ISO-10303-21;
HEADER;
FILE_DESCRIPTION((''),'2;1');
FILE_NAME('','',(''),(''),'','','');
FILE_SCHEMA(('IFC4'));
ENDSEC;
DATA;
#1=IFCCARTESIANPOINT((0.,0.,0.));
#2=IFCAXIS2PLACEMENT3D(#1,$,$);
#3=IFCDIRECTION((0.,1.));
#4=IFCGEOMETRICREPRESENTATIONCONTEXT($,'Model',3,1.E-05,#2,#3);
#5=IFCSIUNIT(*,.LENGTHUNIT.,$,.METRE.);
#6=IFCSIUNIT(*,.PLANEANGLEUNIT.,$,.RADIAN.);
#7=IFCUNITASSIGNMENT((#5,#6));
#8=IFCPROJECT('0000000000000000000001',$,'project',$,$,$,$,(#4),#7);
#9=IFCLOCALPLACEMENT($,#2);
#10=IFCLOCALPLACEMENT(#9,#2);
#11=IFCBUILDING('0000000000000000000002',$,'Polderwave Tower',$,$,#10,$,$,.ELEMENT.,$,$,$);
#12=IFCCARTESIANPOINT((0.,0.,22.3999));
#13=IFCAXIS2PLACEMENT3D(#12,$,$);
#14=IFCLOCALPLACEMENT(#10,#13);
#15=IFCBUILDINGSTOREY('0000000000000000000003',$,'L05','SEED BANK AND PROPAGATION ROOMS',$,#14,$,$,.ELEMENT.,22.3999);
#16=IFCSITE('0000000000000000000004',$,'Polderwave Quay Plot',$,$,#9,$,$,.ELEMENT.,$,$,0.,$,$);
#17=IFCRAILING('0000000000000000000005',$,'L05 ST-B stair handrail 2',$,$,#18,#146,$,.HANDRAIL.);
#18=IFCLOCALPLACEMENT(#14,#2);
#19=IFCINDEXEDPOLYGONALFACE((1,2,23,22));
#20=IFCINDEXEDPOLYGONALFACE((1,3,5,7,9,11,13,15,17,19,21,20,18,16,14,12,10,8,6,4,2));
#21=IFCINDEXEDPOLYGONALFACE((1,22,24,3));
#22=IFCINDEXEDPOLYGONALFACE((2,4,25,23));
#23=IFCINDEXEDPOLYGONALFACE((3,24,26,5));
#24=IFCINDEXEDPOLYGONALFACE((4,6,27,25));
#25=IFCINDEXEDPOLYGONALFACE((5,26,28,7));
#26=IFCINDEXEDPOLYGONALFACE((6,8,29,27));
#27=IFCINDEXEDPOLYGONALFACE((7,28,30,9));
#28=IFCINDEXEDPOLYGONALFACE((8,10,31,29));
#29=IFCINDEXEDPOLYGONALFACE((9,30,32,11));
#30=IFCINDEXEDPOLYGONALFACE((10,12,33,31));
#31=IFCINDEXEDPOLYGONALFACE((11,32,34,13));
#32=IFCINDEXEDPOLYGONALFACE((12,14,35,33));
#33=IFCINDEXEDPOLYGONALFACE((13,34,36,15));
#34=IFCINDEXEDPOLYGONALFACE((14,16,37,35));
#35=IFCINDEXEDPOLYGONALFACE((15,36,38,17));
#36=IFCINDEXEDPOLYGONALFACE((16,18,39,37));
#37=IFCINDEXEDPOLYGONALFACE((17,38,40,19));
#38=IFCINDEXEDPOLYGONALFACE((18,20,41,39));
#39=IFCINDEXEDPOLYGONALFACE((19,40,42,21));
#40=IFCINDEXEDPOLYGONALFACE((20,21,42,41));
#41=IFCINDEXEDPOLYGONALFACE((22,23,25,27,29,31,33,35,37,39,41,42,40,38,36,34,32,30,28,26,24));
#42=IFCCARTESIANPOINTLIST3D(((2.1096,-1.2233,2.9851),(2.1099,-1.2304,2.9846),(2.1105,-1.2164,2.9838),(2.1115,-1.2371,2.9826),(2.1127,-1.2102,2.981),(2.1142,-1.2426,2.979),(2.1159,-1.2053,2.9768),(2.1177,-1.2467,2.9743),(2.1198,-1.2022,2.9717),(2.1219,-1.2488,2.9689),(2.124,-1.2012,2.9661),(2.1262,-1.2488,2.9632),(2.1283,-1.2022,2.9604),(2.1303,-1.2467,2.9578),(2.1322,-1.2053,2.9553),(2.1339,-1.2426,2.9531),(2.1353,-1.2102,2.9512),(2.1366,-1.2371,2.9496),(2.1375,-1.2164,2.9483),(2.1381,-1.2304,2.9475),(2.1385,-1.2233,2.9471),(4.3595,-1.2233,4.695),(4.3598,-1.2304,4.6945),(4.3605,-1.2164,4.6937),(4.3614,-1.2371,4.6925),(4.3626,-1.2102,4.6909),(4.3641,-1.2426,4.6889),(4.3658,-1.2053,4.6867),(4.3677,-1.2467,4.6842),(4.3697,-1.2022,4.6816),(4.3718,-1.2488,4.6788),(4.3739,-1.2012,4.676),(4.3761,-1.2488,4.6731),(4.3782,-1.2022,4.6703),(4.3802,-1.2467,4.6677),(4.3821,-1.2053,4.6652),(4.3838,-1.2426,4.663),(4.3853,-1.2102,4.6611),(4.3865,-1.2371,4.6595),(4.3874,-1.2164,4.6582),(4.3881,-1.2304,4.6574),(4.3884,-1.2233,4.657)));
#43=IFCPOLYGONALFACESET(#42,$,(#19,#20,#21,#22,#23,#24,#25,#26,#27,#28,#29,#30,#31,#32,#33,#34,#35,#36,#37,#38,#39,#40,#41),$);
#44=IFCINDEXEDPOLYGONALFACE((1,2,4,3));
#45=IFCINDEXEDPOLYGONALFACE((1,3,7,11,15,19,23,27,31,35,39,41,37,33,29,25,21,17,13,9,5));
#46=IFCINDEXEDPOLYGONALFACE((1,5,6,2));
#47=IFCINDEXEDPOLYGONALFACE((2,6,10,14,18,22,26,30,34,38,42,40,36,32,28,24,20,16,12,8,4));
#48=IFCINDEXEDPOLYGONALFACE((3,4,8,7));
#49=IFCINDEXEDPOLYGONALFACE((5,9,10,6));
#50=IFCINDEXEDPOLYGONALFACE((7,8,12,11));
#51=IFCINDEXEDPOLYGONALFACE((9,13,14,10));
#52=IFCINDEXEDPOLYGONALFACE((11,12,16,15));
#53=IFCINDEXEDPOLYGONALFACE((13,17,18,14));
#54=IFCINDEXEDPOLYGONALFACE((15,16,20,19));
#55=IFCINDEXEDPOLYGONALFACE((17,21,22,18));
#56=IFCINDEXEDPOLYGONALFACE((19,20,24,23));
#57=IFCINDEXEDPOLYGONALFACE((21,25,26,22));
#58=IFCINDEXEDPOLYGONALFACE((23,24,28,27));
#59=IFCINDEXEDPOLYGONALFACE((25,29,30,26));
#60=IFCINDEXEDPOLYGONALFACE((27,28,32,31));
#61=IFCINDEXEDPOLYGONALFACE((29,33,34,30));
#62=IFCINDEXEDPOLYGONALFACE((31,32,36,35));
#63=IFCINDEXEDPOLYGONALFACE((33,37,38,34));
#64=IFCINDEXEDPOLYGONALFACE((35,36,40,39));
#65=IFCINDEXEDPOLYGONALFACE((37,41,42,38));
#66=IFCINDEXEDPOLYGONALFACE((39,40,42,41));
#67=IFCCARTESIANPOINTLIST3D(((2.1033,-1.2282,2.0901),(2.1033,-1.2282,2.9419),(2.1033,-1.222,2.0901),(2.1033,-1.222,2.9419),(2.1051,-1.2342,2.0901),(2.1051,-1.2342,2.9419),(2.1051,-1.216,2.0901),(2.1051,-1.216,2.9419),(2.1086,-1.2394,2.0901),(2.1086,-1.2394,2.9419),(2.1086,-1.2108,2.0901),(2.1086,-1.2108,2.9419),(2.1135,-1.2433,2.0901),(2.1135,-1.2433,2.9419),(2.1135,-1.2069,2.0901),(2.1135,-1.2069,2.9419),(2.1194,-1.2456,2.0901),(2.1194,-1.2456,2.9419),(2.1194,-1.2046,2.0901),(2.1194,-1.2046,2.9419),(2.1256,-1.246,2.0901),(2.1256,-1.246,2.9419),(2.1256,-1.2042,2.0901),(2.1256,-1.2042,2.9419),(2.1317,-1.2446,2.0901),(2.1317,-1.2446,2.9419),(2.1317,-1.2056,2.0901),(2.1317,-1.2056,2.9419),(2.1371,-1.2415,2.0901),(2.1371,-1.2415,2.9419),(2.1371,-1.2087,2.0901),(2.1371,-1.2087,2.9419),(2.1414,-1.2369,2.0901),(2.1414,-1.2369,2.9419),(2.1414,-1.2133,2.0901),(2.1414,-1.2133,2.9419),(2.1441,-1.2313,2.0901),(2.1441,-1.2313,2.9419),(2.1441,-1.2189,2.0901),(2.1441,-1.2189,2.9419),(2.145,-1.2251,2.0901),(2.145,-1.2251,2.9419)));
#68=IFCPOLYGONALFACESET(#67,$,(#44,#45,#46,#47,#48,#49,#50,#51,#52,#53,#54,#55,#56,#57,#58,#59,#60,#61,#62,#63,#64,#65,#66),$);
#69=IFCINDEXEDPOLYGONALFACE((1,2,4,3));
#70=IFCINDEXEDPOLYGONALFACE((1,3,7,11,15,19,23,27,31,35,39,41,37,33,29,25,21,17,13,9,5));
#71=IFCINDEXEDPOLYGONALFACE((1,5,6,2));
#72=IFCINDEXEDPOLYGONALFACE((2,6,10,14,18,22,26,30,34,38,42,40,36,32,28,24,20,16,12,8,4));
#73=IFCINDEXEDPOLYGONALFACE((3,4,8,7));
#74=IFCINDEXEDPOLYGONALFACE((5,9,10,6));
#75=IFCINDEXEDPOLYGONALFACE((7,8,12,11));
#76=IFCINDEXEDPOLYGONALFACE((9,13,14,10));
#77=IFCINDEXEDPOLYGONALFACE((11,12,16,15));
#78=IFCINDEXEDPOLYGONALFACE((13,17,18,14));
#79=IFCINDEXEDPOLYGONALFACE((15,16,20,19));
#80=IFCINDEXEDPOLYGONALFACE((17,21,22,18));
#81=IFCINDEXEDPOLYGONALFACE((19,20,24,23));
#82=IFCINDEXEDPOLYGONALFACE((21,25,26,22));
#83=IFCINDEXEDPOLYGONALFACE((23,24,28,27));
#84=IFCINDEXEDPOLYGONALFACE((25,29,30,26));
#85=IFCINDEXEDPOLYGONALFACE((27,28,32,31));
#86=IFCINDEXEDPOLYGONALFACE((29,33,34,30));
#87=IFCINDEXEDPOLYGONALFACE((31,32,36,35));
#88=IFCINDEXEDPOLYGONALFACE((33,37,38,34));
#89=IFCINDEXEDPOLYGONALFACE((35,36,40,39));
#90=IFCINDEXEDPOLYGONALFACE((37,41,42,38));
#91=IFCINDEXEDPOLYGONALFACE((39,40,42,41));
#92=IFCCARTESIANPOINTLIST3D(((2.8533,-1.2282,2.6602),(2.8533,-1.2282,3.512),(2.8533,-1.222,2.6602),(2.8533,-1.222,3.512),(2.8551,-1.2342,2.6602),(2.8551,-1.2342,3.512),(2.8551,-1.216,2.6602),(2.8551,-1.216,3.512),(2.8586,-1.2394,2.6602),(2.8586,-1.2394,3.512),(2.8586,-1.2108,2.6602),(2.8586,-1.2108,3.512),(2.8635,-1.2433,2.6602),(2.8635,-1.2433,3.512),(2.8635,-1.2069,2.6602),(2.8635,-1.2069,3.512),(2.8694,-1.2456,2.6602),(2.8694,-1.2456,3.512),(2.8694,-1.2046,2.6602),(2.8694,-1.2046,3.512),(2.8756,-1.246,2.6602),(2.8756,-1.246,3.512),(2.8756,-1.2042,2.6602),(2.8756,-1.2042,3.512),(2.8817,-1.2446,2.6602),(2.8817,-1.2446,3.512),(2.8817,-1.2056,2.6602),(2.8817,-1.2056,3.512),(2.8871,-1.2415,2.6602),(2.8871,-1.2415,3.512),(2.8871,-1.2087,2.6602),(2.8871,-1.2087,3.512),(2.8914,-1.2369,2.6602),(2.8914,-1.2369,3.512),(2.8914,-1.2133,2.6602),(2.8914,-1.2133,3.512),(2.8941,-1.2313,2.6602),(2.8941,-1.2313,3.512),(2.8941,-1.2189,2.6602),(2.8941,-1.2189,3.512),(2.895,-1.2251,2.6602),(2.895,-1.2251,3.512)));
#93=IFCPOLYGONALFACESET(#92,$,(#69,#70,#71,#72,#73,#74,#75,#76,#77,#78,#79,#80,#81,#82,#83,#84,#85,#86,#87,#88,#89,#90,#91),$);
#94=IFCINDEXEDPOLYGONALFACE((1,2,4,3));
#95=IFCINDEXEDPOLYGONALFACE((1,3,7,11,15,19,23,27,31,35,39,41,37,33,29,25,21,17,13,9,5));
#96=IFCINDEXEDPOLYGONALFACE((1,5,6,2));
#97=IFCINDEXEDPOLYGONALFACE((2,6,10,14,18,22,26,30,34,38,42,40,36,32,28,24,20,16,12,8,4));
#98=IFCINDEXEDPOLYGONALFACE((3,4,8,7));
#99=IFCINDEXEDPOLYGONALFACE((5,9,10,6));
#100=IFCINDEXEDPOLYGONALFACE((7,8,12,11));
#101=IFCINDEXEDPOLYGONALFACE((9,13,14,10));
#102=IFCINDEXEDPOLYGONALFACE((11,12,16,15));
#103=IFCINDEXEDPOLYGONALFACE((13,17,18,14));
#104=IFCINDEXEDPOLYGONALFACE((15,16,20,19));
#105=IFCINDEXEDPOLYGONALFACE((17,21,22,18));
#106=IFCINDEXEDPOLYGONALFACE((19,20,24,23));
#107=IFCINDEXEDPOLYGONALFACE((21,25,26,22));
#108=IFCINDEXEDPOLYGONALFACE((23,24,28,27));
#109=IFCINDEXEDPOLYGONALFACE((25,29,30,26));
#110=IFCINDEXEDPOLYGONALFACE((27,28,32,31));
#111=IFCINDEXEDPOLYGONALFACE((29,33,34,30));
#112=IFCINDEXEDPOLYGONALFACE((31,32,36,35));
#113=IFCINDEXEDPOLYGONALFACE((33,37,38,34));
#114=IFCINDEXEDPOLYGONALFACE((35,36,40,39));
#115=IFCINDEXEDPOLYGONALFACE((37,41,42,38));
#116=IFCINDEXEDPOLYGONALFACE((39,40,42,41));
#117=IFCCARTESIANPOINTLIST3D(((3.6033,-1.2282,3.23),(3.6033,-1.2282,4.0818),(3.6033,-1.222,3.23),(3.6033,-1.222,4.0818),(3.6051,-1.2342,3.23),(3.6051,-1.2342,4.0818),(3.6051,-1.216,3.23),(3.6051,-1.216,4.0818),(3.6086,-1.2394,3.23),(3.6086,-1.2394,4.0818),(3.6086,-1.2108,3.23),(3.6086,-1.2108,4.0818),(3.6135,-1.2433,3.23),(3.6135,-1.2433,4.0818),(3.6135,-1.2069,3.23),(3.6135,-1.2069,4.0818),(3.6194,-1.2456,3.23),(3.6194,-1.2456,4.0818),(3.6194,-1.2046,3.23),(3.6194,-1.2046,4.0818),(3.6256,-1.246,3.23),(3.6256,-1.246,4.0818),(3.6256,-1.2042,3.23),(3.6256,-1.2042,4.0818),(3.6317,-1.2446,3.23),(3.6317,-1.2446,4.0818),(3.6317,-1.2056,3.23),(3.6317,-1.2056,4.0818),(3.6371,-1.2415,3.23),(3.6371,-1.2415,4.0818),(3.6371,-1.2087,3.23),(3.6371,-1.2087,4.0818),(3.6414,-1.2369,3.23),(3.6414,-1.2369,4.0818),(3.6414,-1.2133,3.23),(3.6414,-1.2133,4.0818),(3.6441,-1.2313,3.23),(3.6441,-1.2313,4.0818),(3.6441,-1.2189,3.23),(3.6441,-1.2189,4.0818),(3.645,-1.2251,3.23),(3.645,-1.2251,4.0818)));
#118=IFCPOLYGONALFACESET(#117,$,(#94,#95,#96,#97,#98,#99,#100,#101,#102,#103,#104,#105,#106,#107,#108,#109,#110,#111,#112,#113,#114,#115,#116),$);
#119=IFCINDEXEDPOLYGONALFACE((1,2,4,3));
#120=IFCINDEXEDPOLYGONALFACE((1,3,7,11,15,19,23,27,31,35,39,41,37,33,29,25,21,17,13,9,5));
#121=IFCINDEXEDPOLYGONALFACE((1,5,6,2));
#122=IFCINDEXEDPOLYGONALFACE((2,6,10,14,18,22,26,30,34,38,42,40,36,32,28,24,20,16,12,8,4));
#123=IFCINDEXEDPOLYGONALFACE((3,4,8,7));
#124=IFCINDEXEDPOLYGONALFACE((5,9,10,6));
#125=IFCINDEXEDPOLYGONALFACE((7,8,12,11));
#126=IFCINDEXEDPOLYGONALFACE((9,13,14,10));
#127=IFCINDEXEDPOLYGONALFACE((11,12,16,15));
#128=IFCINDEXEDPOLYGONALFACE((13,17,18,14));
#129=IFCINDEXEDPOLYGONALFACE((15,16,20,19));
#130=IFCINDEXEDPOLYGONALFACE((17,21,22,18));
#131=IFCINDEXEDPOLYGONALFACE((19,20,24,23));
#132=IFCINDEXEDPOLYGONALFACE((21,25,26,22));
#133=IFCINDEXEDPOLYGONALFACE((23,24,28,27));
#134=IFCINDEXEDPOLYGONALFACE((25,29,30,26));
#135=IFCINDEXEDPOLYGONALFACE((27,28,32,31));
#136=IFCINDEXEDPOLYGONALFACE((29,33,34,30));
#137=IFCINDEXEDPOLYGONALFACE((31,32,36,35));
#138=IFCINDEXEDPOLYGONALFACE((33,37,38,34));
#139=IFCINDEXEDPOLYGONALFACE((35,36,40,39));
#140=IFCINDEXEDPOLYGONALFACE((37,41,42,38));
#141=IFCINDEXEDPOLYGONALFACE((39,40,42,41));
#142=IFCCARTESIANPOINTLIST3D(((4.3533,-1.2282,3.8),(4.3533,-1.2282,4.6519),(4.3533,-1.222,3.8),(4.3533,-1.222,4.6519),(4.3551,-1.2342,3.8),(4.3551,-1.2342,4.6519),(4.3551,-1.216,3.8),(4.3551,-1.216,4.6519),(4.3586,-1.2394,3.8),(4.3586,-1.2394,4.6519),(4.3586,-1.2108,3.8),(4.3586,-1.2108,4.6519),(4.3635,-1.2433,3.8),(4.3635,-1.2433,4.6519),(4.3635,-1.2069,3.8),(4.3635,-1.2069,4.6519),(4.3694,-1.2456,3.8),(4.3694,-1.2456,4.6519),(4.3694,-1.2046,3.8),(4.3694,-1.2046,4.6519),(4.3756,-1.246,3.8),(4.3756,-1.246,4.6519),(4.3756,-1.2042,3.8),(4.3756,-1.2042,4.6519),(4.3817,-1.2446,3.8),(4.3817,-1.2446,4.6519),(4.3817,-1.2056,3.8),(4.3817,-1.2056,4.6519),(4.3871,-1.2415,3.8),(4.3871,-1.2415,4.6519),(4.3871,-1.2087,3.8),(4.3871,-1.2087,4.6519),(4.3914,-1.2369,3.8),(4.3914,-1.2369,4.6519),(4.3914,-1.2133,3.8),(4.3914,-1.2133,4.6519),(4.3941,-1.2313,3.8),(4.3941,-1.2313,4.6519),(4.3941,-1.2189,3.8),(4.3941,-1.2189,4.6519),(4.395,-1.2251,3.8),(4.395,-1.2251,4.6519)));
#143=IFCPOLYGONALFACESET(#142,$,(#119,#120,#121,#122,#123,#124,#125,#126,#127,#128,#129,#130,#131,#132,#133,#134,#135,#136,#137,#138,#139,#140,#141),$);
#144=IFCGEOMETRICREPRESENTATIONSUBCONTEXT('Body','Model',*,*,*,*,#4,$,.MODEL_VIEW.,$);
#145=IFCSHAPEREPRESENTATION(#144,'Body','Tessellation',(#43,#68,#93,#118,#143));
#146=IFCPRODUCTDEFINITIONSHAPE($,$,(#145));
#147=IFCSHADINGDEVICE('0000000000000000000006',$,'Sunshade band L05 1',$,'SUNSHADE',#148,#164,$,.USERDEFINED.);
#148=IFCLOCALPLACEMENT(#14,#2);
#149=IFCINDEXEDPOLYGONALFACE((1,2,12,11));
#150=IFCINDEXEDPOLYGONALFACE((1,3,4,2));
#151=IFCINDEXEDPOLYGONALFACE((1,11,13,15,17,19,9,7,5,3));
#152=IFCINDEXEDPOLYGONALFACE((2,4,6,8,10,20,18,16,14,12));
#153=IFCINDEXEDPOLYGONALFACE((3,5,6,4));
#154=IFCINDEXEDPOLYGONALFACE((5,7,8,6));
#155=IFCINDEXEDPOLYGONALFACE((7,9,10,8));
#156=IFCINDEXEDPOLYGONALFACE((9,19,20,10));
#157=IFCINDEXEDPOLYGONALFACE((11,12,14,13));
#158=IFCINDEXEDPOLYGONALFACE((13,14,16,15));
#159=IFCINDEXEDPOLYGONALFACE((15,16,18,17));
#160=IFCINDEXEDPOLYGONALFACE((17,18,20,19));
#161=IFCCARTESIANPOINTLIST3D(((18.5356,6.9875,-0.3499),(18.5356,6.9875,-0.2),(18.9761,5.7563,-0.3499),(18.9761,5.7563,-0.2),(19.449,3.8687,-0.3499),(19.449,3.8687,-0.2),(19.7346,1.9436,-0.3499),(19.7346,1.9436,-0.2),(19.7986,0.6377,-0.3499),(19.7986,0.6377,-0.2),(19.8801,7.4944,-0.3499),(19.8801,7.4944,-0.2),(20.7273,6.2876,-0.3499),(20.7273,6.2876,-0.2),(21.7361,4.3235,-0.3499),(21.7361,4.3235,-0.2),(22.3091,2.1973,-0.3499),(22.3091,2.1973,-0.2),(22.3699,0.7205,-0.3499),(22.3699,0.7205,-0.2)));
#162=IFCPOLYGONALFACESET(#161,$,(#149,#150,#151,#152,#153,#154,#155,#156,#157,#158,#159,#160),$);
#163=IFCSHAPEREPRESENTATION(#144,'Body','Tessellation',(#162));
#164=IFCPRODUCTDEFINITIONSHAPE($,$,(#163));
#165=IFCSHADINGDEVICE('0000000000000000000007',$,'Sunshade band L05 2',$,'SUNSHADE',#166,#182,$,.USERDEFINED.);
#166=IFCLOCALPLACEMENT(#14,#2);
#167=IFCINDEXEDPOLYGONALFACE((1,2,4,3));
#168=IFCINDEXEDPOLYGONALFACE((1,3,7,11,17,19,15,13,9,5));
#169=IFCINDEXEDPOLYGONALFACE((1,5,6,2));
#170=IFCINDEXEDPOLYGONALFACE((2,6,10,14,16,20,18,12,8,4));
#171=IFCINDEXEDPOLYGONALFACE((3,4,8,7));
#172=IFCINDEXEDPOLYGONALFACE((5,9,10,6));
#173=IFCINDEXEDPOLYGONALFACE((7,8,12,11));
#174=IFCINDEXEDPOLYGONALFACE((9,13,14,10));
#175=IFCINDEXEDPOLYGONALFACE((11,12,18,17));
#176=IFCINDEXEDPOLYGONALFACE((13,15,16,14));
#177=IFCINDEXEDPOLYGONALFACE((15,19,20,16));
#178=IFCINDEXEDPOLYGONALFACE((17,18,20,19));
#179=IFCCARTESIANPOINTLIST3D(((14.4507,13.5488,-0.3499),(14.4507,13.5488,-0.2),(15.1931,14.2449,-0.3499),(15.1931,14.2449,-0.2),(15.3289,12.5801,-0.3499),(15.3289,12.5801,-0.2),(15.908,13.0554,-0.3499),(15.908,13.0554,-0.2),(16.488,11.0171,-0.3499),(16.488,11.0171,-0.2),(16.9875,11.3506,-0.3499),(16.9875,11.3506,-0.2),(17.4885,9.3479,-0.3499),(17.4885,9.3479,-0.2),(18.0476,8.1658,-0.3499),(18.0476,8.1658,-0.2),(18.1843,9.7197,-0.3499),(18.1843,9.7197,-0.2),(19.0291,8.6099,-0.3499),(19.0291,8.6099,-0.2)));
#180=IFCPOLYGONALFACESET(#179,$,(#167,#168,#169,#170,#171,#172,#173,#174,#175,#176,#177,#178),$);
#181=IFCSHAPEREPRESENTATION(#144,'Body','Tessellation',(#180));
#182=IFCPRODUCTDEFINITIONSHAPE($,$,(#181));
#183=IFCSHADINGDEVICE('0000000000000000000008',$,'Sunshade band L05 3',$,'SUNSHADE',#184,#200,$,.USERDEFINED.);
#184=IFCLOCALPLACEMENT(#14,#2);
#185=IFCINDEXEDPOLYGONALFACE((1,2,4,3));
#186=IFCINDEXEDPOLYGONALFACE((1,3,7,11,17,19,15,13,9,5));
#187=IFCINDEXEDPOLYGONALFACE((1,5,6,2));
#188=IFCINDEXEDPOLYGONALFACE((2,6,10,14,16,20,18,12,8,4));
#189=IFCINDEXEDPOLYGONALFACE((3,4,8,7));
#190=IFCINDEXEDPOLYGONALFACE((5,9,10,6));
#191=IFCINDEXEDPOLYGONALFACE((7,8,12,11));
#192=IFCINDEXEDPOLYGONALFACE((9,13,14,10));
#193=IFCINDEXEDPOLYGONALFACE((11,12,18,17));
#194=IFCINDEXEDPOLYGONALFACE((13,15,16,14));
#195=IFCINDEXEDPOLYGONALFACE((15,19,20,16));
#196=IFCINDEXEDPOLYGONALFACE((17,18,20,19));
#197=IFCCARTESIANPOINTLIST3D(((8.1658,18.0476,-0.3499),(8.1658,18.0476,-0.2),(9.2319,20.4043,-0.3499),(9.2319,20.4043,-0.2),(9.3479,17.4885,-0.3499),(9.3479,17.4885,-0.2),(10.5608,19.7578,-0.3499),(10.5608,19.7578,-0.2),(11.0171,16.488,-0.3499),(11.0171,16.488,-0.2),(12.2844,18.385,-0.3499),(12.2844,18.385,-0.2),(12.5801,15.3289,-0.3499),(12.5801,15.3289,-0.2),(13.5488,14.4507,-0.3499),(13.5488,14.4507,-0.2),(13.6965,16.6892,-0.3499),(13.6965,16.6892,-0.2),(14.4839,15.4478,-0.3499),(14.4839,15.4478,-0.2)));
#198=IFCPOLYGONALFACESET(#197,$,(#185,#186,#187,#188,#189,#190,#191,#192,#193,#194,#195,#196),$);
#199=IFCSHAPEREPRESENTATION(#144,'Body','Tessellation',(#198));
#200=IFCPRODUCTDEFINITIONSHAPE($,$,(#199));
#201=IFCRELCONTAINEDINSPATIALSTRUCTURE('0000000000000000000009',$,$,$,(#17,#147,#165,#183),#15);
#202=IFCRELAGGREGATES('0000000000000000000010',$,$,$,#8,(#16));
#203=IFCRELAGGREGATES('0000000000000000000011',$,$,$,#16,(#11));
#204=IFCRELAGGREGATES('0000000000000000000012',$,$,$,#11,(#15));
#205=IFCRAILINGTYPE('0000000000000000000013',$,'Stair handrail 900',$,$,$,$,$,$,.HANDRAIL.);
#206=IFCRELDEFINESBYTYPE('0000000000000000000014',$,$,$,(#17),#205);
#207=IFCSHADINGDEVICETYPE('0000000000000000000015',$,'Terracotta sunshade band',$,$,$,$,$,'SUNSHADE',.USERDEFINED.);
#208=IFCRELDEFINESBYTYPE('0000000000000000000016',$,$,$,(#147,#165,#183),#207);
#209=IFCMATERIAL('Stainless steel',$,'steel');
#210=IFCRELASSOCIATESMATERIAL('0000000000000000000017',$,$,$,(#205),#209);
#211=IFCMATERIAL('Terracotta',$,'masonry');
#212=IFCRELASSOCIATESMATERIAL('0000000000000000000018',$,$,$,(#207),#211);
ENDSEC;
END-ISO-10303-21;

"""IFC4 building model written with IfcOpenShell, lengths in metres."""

from ifc_helpers import new_model, si_unit, direction, frame, origin, origin_2d, place, context, subcontext, project, spatial, polyline, circle, outline, extrude, material, type_object, element, save


model = new_model("IFC4")

# Units and contexts
model_context = context("Model", 3, precision=1e-05, world=origin(), true_north=direction((0.0, 1.0)))
body_context = subcontext(model_context, "Body", "Model", "MODEL_VIEW")
ifc_project = project(units=[si_unit("LENGTHUNIT", "METRE"), si_unit("PLANEANGLEUNIT", "RADIAN")], contexts=[model_context])

# Site, building, storey
site_placement = place(None, origin())
site = spatial("IfcSite", under=ifc_project, at=site_placement, Name="Polderwave Quay Plot", CompositionType="ELEMENT", RefElevation=0.0)
building_placement = place(site_placement, origin())
building = spatial("IfcBuilding", under=site, at=building_placement, Name="Polderwave Tower", CompositionType="ELEMENT")
storey_placement = place(building_placement, frame((0.0, 0.0, 22.3999)))
storey = spatial("IfcBuildingStorey", under=building, at=storey_placement, Name="L05", Description="SEED BANK AND PROPAGATION ROOMS", CompositionType="ELEMENT", Elevation=22.3999)

# Railing
ifc_material_1 = material(Name="Stainless steel", Category="steel")
railing_type_1 = type_object("IfcRailingType", Name="Stair handrail 900", PredefinedType="HANDRAIL", material=ifc_material_1)
railing_1_placement = place(storey_placement, frame((2.124, -1.2251, 2.0901)))
element("IfcRailing", 1, at=railing_1_placement, inside=storey, type_object=railing_type_1, Name="L05 ST-B stair handrail 2", PredefinedType="HANDRAIL", context=body_context, shape_type="SweptSolid", body=[
    extrude(circle(Radius=0.0239, at=origin_2d()), frame((0.0, 0.0, 0.876), z_axis=(0.796169, 0.0, 0.605075), x_axis=(0.0, 1.0, 0.0)), (0.0, 0.0, 1.0), 2.8259),
    extrude(circle(Radius=0.021, at=origin_2d()), origin(), (0.0, 0.0, 1.0), 0.8518),
    extrude(circle(Radius=0.021, at=origin_2d()), frame((0.75, 0.0, 0.5701)), (0.0, 0.0, 1.0), 0.8518),
    extrude(circle(Radius=0.021, at=origin_2d()), frame((1.5, 0.0, 1.1399)), (0.0, 0.0, 1.0), 0.8518),
    extrude(circle(Radius=0.021, at=origin_2d()), frame((2.25, 0.0, 1.71)), (0.0, 0.0, 1.0), 0.8518),
])

# Shading devices
ifc_material_2 = material(Name="Terracotta", Category="masonry")
shading_device_type = type_object("IfcShadingDeviceType", Name="Terracotta sunshade band", ElementType="SUNSHADE", PredefinedType="USERDEFINED", material=ifc_material_2)
shading_device_1_placement = place(storey_placement, frame((0.0, 0.0, -0.3499)))
element("IfcShadingDevice", 2, at=shading_device_1_placement, inside=storey, type_object=shading_device_type, Name="Sunshade band L05 1", ObjectType="SUNSHADE", PredefinedType="USERDEFINED", context=body_context, shape_type="SweptSolid", body=[
    extrude(outline(polyline([(19.7986, 0.6377), (19.7346, 1.9436), (19.449, 3.8687), (18.9761, 5.7563), (18.5356, 6.9875), (19.8801, 7.4944), (20.7273, 6.2876), (21.7361, 4.3235), (22.3091, 2.1973), (22.3699, 0.7205), (19.7986, 0.6377)])), origin(), (0.0, 0.0, 1.0), 0.1499),
])
shading_device_2_placement = place(storey_placement, frame((0.0, 0.0, -0.3499)))
element("IfcShadingDevice", 3, at=shading_device_2_placement, inside=storey, type_object=shading_device_type, Name="Sunshade band L05 2", ObjectType="SUNSHADE", PredefinedType="USERDEFINED", context=body_context, shape_type="SweptSolid", body=[
    extrude(outline(polyline([(18.0476, 8.1658), (17.4885, 9.3479), (16.488, 11.0171), (15.3289, 12.5801), (14.4507, 13.5488), (15.1931, 14.2449), (15.908, 13.0554), (16.9875, 11.3506), (18.1843, 9.7197), (19.0291, 8.6099), (18.0476, 8.1658)])), origin(), (0.0, 0.0, 1.0), 0.1499),
])
shading_device_3_placement = place(storey_placement, frame((0.0, 0.0, -0.3499)))
element("IfcShadingDevice", 4, at=shading_device_3_placement, inside=storey, type_object=shading_device_type, Name="Sunshade band L05 3", ObjectType="SUNSHADE", PredefinedType="USERDEFINED", context=body_context, shape_type="SweptSolid", body=[
    extrude(outline(polyline([(13.5488, 14.4507), (12.5801, 15.3289), (11.0171, 16.488), (9.3479, 17.4885), (8.1658, 18.0476), (9.2319, 20.4043), (10.5608, 19.7578), (12.2844, 18.385), (13.6965, 16.6892), (14.4839, 15.4478), (13.5488, 14.4507)])), origin(), (0.0, 0.0, 1.0), 0.1499),
])

save(model, "model.ifc")
